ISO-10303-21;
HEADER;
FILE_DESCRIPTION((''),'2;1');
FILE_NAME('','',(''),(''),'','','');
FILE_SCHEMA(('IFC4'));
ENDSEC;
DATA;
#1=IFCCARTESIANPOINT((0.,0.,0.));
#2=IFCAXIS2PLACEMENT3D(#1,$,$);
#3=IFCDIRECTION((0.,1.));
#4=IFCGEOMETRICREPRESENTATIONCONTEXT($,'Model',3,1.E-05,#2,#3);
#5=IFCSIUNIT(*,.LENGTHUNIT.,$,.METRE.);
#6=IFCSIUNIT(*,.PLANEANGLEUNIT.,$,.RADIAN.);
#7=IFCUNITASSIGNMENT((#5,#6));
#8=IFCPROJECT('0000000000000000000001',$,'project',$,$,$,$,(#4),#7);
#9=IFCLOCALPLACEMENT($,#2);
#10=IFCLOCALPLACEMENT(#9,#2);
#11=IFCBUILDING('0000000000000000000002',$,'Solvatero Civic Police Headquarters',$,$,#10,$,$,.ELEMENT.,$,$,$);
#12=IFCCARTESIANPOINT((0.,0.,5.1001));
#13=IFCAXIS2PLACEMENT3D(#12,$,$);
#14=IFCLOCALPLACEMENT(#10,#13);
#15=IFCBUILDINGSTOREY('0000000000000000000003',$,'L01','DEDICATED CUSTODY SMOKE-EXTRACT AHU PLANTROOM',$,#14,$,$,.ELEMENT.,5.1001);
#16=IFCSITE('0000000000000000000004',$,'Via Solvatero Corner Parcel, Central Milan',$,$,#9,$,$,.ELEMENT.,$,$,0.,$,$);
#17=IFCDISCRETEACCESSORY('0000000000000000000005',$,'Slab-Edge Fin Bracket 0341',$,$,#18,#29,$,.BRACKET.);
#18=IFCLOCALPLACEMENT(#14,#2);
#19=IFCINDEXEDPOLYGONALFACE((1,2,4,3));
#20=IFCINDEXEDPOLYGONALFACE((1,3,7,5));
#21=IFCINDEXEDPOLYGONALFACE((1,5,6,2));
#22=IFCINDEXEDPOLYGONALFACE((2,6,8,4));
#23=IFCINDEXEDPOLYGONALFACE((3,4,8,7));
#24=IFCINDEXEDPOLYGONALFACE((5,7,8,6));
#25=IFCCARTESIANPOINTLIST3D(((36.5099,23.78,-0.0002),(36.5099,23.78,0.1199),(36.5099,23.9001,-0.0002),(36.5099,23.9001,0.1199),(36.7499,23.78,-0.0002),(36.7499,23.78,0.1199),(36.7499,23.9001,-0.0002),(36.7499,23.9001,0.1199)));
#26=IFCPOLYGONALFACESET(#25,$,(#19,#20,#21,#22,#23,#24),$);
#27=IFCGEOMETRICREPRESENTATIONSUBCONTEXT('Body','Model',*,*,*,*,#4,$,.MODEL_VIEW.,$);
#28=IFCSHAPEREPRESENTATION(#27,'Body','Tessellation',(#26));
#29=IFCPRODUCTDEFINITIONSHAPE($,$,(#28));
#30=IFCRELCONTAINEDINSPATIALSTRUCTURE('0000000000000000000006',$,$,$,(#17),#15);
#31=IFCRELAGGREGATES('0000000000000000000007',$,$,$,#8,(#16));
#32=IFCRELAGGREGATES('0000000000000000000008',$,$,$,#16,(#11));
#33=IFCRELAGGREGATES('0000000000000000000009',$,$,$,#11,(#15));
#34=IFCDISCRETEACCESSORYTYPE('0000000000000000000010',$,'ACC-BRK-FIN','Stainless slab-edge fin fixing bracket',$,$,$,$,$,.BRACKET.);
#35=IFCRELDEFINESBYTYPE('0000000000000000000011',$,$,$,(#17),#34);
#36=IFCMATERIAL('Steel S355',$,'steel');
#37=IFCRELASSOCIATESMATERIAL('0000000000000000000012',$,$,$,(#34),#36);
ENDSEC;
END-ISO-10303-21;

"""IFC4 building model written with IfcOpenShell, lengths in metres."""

from ifc_helpers import new_model, si_unit, direction, frame, origin, origin_2d, place, context, subcontext, project, spatial, rectangle, extrude, material, type_object, element, save


model = new_model("IFC4")

# Units and contexts
model_context = context("Model", 3, precision=1e-05, world=origin(), true_north=direction((0.0, 1.0)))
body_context = subcontext(model_context, "Body", "Model", "MODEL_VIEW")
ifc_project = project(units=[si_unit("LENGTHUNIT", "METRE"), si_unit("PLANEANGLEUNIT", "RADIAN")], contexts=[model_context])

# Site, building, storey
site_placement = place(None, origin())
site = spatial("IfcSite", under=ifc_project, at=site_placement, Name="Via Solvatero Corner Parcel, Central Milan", CompositionType="ELEMENT", RefElevation=0.0)
building_placement = place(site_placement, origin())
building = spatial("IfcBuilding", under=site, at=building_placement, Name="Solvatero Civic Police Headquarters", CompositionType="ELEMENT")
storey_placement = place(building_placement, frame((0.0, 0.0, 5.1001)))
storey = spatial("IfcBuildingStorey", under=building, at=storey_placement, Name="L01", Description="DEDICATED CUSTODY SMOKE-EXTRACT AHU PLANTROOM", CompositionType="ELEMENT", Elevation=5.1001)

# Shared definitions
ifc_material_1 = material(Name="Steel S355", Category="steel")

# Discrete accessory
discrete_accessory_type = type_object("IfcDiscreteAccessoryType", Name="ACC-BRK-FIN", Description="Stainless slab-edge fin fixing bracket", PredefinedType="BRACKET", material=ifc_material_1)
for number, where, z_axis, x_axis, name in (
    (1, (36.6299, 23.8401, -0.0002), (0.0, 0.0, 1.0), (0.0, -1.0, 0.0), "Slab-Edge Fin Bracket 0341"),
):
    element("IfcDiscreteAccessory", number, at=place(storey_placement, frame(where, z_axis=z_axis, x_axis=x_axis)), inside=storey, type_object=discrete_accessory_type, Name=name, PredefinedType="BRACKET", context=body_context, shape_type="SweptSolid", body=[
        extrude(rectangle(XDim=0.1201, YDim=0.24, at=origin_2d()), origin(), (0.0, 0.0, 1.0), 0.1201),
    ])

save(model, "model.ifc")
